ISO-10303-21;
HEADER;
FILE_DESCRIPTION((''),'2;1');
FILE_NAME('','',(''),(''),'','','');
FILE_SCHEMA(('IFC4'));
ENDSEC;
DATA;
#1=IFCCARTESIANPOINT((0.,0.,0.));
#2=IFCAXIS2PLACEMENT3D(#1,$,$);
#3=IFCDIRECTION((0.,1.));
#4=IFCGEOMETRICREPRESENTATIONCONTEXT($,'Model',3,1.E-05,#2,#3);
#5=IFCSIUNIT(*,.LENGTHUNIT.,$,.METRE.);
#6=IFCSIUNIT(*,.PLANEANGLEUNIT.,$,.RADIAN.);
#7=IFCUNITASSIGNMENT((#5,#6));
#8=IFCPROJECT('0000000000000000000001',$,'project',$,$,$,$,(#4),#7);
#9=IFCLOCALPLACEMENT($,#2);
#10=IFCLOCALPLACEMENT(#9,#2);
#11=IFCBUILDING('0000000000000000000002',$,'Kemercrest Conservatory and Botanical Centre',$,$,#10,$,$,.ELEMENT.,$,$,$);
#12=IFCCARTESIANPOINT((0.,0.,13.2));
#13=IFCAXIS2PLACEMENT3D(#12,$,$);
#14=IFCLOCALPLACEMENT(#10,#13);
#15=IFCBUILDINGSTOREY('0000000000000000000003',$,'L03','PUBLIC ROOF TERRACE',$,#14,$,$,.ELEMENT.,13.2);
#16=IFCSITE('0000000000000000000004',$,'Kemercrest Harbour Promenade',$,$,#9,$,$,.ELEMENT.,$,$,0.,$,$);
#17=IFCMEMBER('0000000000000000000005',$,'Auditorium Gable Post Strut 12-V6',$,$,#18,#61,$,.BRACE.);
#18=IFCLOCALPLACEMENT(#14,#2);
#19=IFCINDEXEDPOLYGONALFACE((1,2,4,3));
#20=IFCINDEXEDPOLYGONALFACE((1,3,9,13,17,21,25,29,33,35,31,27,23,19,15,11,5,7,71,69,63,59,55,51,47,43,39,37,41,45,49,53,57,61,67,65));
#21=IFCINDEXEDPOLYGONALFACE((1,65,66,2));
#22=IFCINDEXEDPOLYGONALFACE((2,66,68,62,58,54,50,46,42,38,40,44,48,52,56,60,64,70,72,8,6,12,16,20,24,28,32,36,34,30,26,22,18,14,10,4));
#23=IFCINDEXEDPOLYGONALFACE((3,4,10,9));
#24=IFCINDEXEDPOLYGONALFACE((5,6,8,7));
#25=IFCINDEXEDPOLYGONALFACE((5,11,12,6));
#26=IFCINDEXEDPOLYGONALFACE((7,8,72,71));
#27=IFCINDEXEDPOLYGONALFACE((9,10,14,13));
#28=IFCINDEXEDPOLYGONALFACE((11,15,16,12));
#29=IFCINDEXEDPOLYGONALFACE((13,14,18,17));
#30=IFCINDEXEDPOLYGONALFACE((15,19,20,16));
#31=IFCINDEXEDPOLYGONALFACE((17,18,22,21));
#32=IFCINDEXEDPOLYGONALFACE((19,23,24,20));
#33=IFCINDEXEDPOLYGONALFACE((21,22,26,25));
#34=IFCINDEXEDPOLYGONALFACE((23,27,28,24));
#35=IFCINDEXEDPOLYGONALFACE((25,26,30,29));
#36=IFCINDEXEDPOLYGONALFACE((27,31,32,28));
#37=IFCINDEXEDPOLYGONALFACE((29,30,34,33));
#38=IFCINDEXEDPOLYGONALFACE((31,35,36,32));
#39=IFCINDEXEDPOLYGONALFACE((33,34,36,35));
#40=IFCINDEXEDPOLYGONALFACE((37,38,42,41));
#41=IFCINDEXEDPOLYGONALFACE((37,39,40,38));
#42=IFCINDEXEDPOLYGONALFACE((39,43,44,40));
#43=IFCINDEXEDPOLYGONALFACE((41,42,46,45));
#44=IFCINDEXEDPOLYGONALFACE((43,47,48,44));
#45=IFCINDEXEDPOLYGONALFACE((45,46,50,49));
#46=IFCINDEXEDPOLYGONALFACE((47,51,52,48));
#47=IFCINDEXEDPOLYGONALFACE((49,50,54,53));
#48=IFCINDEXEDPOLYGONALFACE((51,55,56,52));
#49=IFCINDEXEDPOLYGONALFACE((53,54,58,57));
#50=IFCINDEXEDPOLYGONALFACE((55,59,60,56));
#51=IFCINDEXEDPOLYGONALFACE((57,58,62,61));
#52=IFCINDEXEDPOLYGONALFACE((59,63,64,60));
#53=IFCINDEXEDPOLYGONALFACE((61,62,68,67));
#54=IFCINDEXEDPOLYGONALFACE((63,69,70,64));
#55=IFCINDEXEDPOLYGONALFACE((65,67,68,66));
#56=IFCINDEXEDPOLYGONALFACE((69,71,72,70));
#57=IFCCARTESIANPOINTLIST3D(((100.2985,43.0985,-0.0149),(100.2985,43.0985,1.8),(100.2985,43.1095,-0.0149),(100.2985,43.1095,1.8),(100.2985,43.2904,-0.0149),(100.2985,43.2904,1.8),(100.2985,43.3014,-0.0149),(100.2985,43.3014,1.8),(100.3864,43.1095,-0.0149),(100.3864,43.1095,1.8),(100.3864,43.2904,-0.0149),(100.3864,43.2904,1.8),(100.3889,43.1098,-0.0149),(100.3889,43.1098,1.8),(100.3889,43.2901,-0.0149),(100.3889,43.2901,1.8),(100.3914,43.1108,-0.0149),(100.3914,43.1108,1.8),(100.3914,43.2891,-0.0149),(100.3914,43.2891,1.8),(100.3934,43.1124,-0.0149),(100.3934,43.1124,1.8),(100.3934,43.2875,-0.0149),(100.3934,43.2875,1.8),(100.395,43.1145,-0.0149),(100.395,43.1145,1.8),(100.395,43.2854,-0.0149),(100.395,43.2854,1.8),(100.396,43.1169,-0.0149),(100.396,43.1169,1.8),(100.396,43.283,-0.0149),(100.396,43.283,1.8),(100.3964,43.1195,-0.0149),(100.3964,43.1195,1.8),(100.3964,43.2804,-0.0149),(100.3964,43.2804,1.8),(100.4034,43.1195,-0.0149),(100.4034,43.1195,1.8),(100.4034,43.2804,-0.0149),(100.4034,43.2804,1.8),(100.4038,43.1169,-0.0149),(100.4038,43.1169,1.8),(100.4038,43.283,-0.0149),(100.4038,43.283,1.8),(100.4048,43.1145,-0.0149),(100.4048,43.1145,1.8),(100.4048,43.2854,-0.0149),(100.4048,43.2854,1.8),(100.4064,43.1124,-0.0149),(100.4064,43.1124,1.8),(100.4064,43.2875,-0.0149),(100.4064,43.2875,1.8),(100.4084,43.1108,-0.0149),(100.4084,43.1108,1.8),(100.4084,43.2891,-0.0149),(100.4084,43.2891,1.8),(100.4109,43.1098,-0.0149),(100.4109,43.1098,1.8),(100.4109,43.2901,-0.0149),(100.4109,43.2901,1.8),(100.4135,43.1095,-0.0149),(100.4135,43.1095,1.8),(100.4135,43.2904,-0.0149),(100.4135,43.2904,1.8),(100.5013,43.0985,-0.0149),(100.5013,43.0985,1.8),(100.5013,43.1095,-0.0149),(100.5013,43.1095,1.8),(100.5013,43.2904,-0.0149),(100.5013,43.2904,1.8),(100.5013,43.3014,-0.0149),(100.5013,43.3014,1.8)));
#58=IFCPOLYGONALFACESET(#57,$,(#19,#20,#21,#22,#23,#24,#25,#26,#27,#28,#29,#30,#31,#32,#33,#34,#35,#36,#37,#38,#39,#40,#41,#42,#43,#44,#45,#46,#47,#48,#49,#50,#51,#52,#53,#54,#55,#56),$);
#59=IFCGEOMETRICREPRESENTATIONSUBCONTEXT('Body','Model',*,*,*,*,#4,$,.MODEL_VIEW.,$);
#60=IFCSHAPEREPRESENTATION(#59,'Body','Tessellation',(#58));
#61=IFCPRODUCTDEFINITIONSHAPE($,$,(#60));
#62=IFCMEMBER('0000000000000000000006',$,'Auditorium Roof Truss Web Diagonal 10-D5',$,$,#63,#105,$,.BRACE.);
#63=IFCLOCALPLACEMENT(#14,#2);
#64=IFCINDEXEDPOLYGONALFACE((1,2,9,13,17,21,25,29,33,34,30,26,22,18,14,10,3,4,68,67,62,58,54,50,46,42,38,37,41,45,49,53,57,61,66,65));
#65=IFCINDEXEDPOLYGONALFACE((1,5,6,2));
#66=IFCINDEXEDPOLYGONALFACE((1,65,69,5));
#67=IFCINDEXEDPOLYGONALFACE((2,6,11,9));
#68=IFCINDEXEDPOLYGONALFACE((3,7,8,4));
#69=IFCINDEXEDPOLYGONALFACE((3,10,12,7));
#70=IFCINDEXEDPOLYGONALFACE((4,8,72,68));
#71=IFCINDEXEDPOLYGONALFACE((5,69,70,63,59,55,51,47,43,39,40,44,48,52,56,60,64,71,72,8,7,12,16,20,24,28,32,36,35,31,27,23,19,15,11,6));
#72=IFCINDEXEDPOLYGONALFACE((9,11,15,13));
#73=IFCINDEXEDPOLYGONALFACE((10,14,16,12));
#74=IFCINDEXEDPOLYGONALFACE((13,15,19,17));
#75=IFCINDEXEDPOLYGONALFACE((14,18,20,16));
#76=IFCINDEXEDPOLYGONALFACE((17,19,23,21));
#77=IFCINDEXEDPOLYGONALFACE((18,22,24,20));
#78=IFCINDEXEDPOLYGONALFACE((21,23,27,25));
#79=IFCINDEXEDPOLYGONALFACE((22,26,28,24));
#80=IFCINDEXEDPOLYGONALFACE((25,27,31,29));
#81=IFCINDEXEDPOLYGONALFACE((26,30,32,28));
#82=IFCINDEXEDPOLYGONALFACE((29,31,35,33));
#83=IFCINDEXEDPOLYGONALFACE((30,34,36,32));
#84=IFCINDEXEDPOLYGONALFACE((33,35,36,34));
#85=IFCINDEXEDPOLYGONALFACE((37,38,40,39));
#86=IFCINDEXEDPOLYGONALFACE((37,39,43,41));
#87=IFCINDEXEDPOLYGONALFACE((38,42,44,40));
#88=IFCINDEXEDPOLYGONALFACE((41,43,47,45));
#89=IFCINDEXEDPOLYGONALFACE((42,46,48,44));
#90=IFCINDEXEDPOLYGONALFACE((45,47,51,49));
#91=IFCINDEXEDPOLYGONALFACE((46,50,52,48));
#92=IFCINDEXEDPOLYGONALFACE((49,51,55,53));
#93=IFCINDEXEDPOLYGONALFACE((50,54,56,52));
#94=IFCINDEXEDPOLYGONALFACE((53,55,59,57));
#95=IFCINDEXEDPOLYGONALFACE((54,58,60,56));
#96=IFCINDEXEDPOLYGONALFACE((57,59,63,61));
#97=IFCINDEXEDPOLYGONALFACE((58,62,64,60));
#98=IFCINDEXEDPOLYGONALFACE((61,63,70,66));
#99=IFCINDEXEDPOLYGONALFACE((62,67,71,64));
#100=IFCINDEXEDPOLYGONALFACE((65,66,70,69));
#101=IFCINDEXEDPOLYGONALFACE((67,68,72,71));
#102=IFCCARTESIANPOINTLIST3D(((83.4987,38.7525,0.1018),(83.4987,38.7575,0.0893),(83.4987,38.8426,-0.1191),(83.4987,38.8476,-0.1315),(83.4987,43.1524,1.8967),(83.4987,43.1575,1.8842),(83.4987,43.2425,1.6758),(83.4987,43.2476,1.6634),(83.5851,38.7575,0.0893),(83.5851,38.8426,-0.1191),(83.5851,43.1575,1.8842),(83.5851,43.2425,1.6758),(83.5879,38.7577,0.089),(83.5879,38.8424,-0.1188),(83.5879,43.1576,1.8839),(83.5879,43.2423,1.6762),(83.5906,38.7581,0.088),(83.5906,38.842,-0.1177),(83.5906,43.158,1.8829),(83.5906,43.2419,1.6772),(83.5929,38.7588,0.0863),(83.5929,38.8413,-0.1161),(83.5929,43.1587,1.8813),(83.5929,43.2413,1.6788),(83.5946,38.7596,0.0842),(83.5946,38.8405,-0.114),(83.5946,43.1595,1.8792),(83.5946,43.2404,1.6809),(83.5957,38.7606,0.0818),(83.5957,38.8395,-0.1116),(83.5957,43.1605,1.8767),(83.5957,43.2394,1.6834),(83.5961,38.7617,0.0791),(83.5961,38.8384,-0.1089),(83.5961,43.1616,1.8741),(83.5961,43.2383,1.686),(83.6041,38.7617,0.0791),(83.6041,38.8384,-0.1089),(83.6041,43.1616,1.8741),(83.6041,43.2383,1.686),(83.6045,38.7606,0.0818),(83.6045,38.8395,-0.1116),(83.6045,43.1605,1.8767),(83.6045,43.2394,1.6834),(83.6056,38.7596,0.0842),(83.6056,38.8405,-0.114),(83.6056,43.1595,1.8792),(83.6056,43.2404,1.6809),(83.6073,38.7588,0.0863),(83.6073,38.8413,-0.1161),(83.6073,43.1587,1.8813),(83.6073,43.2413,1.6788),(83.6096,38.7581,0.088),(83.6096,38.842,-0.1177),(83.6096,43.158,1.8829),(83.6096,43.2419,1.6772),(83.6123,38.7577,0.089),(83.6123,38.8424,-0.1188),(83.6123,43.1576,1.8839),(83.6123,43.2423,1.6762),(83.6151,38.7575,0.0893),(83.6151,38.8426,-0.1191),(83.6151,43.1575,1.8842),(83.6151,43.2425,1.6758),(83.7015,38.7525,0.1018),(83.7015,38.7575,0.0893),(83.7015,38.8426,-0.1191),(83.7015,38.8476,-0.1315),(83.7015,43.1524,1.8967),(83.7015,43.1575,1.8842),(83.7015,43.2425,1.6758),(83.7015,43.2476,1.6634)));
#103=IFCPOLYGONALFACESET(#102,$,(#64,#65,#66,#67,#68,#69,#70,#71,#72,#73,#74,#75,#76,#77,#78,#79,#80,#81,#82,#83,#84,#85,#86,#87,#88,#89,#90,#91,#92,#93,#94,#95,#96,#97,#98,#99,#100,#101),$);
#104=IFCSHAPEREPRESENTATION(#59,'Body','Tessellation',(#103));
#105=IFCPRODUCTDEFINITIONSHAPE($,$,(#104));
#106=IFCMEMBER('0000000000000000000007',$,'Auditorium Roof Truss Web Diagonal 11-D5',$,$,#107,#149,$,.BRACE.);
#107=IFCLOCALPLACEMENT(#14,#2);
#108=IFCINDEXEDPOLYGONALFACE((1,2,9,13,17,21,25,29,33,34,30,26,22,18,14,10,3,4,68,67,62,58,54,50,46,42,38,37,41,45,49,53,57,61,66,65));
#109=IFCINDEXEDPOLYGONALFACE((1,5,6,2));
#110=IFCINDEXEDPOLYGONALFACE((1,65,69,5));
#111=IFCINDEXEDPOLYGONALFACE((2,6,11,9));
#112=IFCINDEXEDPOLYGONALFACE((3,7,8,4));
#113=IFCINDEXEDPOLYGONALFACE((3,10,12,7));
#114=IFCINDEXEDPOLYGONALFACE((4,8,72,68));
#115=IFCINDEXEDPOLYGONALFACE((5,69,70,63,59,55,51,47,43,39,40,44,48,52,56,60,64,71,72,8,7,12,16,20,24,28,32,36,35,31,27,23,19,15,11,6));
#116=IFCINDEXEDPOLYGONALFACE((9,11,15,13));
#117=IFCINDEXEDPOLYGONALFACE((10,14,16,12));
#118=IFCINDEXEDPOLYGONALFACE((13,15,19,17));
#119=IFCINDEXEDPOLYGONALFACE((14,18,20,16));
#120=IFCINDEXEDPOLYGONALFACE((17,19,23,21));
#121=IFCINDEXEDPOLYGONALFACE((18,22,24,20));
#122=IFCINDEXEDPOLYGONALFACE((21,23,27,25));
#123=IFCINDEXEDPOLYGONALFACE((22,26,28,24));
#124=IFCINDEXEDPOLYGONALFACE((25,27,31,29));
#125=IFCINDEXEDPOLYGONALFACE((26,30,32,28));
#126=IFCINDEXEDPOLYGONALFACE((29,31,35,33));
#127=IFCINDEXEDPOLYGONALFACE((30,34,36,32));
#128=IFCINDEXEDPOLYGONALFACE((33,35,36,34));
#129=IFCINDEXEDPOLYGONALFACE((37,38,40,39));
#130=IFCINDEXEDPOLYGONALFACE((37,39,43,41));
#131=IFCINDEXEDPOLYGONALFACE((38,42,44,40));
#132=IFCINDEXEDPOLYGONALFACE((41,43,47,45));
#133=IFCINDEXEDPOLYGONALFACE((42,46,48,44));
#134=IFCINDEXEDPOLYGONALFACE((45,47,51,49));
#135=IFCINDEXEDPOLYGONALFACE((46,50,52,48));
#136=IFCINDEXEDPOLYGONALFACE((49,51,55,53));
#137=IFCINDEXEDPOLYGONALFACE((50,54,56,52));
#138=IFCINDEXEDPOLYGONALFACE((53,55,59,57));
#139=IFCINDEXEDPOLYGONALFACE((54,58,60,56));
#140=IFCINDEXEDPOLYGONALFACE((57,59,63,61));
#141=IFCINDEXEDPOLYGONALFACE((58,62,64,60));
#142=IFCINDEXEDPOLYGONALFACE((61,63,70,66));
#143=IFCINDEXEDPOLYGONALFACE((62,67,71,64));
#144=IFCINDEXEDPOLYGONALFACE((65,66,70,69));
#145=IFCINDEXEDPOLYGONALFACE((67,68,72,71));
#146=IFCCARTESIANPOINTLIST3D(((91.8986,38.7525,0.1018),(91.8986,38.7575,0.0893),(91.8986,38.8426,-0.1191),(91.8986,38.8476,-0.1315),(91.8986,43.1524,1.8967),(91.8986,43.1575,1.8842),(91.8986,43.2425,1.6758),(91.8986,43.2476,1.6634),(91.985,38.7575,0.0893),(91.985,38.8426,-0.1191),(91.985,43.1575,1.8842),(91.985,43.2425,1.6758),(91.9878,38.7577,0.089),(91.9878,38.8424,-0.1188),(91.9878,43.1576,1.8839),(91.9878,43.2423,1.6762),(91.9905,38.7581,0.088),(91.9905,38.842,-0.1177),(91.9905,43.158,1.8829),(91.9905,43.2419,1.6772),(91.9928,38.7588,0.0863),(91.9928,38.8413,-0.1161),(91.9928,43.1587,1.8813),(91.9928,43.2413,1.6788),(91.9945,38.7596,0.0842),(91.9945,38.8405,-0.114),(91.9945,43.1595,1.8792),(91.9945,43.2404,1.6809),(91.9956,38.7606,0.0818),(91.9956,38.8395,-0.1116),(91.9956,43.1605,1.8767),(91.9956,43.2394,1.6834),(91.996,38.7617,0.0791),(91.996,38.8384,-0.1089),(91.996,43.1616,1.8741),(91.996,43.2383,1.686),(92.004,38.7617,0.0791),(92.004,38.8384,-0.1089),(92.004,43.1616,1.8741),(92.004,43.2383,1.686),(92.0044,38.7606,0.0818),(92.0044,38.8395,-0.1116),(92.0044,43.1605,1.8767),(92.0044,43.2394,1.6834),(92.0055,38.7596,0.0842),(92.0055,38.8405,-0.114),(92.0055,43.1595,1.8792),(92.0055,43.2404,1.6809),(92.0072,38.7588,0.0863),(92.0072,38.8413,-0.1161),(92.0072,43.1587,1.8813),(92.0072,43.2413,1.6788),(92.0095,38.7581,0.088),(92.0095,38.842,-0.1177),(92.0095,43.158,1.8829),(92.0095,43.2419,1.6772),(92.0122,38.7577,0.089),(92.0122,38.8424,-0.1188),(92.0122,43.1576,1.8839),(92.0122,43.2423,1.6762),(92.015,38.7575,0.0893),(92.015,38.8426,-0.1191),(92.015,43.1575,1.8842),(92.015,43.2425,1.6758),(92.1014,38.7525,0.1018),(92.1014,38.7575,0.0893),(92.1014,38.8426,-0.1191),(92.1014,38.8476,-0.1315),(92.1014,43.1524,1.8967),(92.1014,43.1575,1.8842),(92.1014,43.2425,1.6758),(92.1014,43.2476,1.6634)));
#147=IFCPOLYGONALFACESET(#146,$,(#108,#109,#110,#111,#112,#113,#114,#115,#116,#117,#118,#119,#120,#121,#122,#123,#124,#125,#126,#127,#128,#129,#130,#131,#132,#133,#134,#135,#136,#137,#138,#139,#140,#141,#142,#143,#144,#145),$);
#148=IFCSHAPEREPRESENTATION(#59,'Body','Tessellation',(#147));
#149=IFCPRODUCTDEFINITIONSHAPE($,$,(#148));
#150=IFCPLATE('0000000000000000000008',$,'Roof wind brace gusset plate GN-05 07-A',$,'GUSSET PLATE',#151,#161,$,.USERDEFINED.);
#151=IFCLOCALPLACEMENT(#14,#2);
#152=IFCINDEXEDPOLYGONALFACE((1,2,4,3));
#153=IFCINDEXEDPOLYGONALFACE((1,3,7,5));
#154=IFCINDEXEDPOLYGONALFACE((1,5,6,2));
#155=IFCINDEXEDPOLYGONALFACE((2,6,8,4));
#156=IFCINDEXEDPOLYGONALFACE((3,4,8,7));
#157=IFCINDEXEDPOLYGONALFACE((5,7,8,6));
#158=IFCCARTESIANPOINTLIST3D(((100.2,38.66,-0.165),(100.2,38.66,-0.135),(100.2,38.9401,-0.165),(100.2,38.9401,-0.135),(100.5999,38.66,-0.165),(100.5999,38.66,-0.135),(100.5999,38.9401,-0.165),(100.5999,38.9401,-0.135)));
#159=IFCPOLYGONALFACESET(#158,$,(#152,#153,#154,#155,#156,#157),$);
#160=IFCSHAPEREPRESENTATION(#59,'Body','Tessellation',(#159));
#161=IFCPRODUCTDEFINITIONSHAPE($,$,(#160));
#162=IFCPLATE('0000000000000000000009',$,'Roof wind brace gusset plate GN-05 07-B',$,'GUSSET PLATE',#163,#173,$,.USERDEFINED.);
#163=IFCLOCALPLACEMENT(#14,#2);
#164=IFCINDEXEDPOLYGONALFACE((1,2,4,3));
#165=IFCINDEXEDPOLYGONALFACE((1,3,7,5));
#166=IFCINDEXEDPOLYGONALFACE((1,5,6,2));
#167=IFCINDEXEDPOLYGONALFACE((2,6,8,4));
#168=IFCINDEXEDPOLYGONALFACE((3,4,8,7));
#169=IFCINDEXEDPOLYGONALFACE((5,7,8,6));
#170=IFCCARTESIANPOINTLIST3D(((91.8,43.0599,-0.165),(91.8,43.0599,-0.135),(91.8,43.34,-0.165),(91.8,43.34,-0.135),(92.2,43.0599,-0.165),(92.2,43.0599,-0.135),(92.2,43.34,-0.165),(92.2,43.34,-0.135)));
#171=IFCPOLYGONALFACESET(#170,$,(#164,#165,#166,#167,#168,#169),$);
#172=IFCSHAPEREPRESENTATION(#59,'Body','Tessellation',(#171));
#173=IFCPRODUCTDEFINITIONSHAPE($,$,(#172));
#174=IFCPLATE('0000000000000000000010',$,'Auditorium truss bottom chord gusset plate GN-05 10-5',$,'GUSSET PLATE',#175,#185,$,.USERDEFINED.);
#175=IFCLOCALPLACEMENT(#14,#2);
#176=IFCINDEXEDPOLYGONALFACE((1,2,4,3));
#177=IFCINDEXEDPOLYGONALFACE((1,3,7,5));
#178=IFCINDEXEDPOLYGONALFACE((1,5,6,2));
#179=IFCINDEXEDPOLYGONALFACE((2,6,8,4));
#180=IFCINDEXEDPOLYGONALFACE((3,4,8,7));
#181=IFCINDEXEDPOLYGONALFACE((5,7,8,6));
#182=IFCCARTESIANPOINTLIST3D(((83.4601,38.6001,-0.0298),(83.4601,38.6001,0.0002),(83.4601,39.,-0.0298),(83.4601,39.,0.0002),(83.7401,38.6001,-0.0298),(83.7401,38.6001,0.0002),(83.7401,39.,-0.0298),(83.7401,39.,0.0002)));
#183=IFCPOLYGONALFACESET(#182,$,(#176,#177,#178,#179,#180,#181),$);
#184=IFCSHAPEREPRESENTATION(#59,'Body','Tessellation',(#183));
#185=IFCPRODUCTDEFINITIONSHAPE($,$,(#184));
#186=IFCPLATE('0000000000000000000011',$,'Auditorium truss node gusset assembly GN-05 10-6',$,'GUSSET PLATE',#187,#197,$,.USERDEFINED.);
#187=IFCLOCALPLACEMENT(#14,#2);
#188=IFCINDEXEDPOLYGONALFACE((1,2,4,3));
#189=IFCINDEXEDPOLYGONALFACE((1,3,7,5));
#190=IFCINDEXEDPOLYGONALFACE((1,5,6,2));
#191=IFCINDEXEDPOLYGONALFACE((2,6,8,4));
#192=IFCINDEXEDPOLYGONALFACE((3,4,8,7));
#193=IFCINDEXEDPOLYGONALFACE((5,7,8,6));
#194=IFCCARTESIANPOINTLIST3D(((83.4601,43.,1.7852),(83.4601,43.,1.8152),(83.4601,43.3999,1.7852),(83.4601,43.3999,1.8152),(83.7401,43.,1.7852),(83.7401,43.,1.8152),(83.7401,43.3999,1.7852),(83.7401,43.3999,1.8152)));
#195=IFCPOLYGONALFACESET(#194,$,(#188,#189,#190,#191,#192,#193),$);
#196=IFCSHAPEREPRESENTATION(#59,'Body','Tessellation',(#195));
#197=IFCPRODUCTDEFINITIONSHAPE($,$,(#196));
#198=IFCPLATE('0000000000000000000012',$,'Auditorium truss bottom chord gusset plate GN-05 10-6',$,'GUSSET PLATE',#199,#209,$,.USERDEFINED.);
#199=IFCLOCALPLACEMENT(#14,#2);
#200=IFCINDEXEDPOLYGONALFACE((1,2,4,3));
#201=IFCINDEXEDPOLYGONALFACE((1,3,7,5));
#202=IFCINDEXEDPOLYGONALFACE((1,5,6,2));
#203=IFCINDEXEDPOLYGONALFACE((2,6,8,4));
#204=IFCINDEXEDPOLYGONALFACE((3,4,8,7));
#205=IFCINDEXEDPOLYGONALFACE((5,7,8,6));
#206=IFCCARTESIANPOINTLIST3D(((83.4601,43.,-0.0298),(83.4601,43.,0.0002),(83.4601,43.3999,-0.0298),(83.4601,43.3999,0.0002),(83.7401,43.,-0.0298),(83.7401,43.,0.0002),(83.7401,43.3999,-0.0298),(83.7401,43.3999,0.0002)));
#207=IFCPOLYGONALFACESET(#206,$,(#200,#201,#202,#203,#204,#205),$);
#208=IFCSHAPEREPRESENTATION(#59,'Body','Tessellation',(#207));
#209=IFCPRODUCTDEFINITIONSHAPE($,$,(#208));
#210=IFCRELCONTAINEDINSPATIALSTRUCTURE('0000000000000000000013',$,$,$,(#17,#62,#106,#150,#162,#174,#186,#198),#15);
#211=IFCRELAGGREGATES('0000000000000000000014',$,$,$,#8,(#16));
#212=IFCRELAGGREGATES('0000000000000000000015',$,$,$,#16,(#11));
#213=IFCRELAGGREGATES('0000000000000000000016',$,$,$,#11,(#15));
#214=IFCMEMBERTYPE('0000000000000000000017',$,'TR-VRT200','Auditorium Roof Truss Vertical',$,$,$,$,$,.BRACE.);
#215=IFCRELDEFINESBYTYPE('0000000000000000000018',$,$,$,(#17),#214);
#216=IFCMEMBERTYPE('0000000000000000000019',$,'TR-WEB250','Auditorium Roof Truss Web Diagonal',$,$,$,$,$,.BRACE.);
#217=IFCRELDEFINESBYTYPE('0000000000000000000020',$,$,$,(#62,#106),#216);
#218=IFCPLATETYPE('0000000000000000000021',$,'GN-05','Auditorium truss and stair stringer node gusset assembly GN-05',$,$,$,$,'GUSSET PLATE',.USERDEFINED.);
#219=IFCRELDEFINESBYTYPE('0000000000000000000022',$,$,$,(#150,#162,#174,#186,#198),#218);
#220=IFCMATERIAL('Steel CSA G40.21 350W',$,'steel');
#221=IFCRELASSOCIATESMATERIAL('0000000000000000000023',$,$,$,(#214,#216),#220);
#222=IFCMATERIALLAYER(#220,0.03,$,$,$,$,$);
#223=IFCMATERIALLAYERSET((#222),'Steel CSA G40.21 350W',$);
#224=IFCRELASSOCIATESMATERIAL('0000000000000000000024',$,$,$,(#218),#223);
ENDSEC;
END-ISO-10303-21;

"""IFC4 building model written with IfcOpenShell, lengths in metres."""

from ifc_helpers import new_model, si_unit, direction, frame, origin, origin_2d, place, context, subcontext, project, spatial, rectangle, i_section, extrude, material, layer, layer_set, material_profile, profile_set, type_object, element, save


model = new_model("IFC4")

# Units and contexts
model_context = context("Model", 3, precision=1e-05, world=origin(), true_north=direction((0.0, 1.0)))
body_context = subcontext(model_context, "Body", "Model", "MODEL_VIEW")
ifc_project = project(units=[si_unit("LENGTHUNIT", "METRE"), si_unit("PLANEANGLEUNIT", "RADIAN")], contexts=[model_context])

# Site, building, storey
site_placement = place(None, origin())
site = spatial("IfcSite", under=ifc_project, at=site_placement, Name="Kemercrest Harbour Promenade", CompositionType="ELEMENT", RefElevation=0.0)
building_placement = place(site_placement, origin())
building = spatial("IfcBuilding", under=site, at=building_placement, Name="Kemercrest Conservatory and Botanical Centre", CompositionType="ELEMENT")
storey_placement = place(building_placement, frame((0.0, 0.0, 13.2)))
storey = spatial("IfcBuildingStorey", under=building, at=storey_placement, Name="L03", Description="PUBLIC ROOF TERRACE", CompositionType="ELEMENT", Elevation=13.2)

# Shared definitions
ifc_material_1 = material(Name="Steel CSA G40.21 350W", Category="steel")

# Members
ifc_material_profile_1 = material_profile(ifc_material_1, i_section(OverallWidth=0.2029, OverallDepth=0.2029, WebThickness=0.0071, FlangeThickness=0.011, FilletRadius=0.01, at=origin_2d()), Name="W200X46")
ifc_profile_set_1 = profile_set([ifc_material_profile_1], Name="Steel CSA G40.21 350W")
member_type_1 = type_object("IfcMemberType", Name="TR-VRT200", Description="Auditorium Roof Truss Vertical", PredefinedType="BRACE", material=ifc_profile_set_1)
member_1_placement = place(storey_placement, frame((100.3999, 43.2, -0.0149), z_axis=(0.0, 0.0, 1.0), x_axis=(1.0, 0.0, 0.0)))
element("IfcMember", 1, at=member_1_placement, inside=storey, type_object=member_type_1, Name="Auditorium Gable Post Strut 12-V6", PredefinedType="BRACE", context=body_context, shape_type="SweptSolid", body=[
    extrude(i_section(OverallWidth=0.2029, OverallDepth=0.2029, WebThickness=0.0071, FlangeThickness=0.011, FilletRadius=0.01, at=origin_2d()), origin(), (0.0, 0.0, 1.0), 1.8149),
])
ifc_material_profile_2 = material_profile(ifc_material_1, i_section(OverallWidth=0.2029, OverallDepth=0.252, WebThickness=0.0081, FlangeThickness=0.0134, FilletRadius=0.011, at=origin_2d()), Name="W250X58")
ifc_profile_set_2 = profile_set([ifc_material_profile_2], Name="Steel CSA G40.21 350W")
member_type_2 = type_object("IfcMemberType", Name="TR-WEB250", Description="Auditorium Roof Truss Web Diagonal", PredefinedType="BRACE", material=ifc_profile_set_2)
for number, where, z_axis, x_axis, name in (
    (2, (83.6001, 38.8, -0.0149), (0.0, 0.925918, 0.377724), (-1.0, 0.0, 0.0), "Auditorium Roof Truss Web Diagonal 10-D5"),
    (3, (92.0, 38.8, -0.0149), (0.0, 0.925918, 0.377724), (-1.0, 0.0, 0.0), "Auditorium Roof Truss Web Diagonal 11-D5"),
):
    element("IfcMember", number, at=place(storey_placement, frame(where, z_axis=z_axis, x_axis=x_axis)), inside=storey, type_object=member_type_2, Name=name, PredefinedType="BRACE", context=body_context, shape_type="SweptSolid", body=[
        extrude(i_section(OverallWidth=0.2029, OverallDepth=0.252, WebThickness=0.0081, FlangeThickness=0.0134, FilletRadius=0.011, at=origin_2d()), origin(), (0.0, 0.0, 1.0), 4.752),
    ])

# Plates
ifc_layer = layer(ifc_material_1, 0.03)
ifc_layer_set = layer_set([ifc_layer], Name="Steel CSA G40.21 350W")
plate_type = type_object("IfcPlateType", Name="GN-05", Description="Auditorium truss and stair stringer node gusset assembly GN-05", ElementType="GUSSET PLATE", PredefinedType="USERDEFINED", material=ifc_layer_set)
for number, where, z_axis, x_axis, name in (
    (4, (100.3999, 38.8, -0.165), (0.0, 0.0, 1.0), (1.0, 0.0, 0.0), "Roof wind brace gusset plate GN-05 07-A"),
    (5, (92.0, 43.2, -0.165), (0.0, 0.0, 1.0), (1.0, 0.0, 0.0), "Roof wind brace gusset plate GN-05 07-B"),
    (6, (83.6001, 38.8, -0.0298), (0.0, 0.0, 1.0), (0.0, 1.0, 0.0), "Auditorium truss bottom chord gusset plate GN-05 10-5"),
    (7, (83.6001, 43.2, 1.7852), (0.0, 0.0, 1.0), (0.0, 1.0, 0.0), "Auditorium truss node gusset assembly GN-05 10-6"),
    (8, (83.6001, 43.2, -0.0298), (0.0, 0.0, 1.0), (0.0, 1.0, 0.0), "Auditorium truss bottom chord gusset plate GN-05 10-6"),
):
    element("IfcPlate", number, at=place(storey_placement, frame(where, z_axis=z_axis, x_axis=x_axis)), inside=storey, type_object=plate_type, Name=name, ObjectType="GUSSET PLATE", PredefinedType="USERDEFINED", context=body_context, shape_type="SweptSolid", body=[
        extrude(rectangle(XDim=0.3999, YDim=0.28, at=origin_2d()), origin(), (0.0, 0.0, 1.0), 0.03),
    ])

save(model, "model.ifc")
